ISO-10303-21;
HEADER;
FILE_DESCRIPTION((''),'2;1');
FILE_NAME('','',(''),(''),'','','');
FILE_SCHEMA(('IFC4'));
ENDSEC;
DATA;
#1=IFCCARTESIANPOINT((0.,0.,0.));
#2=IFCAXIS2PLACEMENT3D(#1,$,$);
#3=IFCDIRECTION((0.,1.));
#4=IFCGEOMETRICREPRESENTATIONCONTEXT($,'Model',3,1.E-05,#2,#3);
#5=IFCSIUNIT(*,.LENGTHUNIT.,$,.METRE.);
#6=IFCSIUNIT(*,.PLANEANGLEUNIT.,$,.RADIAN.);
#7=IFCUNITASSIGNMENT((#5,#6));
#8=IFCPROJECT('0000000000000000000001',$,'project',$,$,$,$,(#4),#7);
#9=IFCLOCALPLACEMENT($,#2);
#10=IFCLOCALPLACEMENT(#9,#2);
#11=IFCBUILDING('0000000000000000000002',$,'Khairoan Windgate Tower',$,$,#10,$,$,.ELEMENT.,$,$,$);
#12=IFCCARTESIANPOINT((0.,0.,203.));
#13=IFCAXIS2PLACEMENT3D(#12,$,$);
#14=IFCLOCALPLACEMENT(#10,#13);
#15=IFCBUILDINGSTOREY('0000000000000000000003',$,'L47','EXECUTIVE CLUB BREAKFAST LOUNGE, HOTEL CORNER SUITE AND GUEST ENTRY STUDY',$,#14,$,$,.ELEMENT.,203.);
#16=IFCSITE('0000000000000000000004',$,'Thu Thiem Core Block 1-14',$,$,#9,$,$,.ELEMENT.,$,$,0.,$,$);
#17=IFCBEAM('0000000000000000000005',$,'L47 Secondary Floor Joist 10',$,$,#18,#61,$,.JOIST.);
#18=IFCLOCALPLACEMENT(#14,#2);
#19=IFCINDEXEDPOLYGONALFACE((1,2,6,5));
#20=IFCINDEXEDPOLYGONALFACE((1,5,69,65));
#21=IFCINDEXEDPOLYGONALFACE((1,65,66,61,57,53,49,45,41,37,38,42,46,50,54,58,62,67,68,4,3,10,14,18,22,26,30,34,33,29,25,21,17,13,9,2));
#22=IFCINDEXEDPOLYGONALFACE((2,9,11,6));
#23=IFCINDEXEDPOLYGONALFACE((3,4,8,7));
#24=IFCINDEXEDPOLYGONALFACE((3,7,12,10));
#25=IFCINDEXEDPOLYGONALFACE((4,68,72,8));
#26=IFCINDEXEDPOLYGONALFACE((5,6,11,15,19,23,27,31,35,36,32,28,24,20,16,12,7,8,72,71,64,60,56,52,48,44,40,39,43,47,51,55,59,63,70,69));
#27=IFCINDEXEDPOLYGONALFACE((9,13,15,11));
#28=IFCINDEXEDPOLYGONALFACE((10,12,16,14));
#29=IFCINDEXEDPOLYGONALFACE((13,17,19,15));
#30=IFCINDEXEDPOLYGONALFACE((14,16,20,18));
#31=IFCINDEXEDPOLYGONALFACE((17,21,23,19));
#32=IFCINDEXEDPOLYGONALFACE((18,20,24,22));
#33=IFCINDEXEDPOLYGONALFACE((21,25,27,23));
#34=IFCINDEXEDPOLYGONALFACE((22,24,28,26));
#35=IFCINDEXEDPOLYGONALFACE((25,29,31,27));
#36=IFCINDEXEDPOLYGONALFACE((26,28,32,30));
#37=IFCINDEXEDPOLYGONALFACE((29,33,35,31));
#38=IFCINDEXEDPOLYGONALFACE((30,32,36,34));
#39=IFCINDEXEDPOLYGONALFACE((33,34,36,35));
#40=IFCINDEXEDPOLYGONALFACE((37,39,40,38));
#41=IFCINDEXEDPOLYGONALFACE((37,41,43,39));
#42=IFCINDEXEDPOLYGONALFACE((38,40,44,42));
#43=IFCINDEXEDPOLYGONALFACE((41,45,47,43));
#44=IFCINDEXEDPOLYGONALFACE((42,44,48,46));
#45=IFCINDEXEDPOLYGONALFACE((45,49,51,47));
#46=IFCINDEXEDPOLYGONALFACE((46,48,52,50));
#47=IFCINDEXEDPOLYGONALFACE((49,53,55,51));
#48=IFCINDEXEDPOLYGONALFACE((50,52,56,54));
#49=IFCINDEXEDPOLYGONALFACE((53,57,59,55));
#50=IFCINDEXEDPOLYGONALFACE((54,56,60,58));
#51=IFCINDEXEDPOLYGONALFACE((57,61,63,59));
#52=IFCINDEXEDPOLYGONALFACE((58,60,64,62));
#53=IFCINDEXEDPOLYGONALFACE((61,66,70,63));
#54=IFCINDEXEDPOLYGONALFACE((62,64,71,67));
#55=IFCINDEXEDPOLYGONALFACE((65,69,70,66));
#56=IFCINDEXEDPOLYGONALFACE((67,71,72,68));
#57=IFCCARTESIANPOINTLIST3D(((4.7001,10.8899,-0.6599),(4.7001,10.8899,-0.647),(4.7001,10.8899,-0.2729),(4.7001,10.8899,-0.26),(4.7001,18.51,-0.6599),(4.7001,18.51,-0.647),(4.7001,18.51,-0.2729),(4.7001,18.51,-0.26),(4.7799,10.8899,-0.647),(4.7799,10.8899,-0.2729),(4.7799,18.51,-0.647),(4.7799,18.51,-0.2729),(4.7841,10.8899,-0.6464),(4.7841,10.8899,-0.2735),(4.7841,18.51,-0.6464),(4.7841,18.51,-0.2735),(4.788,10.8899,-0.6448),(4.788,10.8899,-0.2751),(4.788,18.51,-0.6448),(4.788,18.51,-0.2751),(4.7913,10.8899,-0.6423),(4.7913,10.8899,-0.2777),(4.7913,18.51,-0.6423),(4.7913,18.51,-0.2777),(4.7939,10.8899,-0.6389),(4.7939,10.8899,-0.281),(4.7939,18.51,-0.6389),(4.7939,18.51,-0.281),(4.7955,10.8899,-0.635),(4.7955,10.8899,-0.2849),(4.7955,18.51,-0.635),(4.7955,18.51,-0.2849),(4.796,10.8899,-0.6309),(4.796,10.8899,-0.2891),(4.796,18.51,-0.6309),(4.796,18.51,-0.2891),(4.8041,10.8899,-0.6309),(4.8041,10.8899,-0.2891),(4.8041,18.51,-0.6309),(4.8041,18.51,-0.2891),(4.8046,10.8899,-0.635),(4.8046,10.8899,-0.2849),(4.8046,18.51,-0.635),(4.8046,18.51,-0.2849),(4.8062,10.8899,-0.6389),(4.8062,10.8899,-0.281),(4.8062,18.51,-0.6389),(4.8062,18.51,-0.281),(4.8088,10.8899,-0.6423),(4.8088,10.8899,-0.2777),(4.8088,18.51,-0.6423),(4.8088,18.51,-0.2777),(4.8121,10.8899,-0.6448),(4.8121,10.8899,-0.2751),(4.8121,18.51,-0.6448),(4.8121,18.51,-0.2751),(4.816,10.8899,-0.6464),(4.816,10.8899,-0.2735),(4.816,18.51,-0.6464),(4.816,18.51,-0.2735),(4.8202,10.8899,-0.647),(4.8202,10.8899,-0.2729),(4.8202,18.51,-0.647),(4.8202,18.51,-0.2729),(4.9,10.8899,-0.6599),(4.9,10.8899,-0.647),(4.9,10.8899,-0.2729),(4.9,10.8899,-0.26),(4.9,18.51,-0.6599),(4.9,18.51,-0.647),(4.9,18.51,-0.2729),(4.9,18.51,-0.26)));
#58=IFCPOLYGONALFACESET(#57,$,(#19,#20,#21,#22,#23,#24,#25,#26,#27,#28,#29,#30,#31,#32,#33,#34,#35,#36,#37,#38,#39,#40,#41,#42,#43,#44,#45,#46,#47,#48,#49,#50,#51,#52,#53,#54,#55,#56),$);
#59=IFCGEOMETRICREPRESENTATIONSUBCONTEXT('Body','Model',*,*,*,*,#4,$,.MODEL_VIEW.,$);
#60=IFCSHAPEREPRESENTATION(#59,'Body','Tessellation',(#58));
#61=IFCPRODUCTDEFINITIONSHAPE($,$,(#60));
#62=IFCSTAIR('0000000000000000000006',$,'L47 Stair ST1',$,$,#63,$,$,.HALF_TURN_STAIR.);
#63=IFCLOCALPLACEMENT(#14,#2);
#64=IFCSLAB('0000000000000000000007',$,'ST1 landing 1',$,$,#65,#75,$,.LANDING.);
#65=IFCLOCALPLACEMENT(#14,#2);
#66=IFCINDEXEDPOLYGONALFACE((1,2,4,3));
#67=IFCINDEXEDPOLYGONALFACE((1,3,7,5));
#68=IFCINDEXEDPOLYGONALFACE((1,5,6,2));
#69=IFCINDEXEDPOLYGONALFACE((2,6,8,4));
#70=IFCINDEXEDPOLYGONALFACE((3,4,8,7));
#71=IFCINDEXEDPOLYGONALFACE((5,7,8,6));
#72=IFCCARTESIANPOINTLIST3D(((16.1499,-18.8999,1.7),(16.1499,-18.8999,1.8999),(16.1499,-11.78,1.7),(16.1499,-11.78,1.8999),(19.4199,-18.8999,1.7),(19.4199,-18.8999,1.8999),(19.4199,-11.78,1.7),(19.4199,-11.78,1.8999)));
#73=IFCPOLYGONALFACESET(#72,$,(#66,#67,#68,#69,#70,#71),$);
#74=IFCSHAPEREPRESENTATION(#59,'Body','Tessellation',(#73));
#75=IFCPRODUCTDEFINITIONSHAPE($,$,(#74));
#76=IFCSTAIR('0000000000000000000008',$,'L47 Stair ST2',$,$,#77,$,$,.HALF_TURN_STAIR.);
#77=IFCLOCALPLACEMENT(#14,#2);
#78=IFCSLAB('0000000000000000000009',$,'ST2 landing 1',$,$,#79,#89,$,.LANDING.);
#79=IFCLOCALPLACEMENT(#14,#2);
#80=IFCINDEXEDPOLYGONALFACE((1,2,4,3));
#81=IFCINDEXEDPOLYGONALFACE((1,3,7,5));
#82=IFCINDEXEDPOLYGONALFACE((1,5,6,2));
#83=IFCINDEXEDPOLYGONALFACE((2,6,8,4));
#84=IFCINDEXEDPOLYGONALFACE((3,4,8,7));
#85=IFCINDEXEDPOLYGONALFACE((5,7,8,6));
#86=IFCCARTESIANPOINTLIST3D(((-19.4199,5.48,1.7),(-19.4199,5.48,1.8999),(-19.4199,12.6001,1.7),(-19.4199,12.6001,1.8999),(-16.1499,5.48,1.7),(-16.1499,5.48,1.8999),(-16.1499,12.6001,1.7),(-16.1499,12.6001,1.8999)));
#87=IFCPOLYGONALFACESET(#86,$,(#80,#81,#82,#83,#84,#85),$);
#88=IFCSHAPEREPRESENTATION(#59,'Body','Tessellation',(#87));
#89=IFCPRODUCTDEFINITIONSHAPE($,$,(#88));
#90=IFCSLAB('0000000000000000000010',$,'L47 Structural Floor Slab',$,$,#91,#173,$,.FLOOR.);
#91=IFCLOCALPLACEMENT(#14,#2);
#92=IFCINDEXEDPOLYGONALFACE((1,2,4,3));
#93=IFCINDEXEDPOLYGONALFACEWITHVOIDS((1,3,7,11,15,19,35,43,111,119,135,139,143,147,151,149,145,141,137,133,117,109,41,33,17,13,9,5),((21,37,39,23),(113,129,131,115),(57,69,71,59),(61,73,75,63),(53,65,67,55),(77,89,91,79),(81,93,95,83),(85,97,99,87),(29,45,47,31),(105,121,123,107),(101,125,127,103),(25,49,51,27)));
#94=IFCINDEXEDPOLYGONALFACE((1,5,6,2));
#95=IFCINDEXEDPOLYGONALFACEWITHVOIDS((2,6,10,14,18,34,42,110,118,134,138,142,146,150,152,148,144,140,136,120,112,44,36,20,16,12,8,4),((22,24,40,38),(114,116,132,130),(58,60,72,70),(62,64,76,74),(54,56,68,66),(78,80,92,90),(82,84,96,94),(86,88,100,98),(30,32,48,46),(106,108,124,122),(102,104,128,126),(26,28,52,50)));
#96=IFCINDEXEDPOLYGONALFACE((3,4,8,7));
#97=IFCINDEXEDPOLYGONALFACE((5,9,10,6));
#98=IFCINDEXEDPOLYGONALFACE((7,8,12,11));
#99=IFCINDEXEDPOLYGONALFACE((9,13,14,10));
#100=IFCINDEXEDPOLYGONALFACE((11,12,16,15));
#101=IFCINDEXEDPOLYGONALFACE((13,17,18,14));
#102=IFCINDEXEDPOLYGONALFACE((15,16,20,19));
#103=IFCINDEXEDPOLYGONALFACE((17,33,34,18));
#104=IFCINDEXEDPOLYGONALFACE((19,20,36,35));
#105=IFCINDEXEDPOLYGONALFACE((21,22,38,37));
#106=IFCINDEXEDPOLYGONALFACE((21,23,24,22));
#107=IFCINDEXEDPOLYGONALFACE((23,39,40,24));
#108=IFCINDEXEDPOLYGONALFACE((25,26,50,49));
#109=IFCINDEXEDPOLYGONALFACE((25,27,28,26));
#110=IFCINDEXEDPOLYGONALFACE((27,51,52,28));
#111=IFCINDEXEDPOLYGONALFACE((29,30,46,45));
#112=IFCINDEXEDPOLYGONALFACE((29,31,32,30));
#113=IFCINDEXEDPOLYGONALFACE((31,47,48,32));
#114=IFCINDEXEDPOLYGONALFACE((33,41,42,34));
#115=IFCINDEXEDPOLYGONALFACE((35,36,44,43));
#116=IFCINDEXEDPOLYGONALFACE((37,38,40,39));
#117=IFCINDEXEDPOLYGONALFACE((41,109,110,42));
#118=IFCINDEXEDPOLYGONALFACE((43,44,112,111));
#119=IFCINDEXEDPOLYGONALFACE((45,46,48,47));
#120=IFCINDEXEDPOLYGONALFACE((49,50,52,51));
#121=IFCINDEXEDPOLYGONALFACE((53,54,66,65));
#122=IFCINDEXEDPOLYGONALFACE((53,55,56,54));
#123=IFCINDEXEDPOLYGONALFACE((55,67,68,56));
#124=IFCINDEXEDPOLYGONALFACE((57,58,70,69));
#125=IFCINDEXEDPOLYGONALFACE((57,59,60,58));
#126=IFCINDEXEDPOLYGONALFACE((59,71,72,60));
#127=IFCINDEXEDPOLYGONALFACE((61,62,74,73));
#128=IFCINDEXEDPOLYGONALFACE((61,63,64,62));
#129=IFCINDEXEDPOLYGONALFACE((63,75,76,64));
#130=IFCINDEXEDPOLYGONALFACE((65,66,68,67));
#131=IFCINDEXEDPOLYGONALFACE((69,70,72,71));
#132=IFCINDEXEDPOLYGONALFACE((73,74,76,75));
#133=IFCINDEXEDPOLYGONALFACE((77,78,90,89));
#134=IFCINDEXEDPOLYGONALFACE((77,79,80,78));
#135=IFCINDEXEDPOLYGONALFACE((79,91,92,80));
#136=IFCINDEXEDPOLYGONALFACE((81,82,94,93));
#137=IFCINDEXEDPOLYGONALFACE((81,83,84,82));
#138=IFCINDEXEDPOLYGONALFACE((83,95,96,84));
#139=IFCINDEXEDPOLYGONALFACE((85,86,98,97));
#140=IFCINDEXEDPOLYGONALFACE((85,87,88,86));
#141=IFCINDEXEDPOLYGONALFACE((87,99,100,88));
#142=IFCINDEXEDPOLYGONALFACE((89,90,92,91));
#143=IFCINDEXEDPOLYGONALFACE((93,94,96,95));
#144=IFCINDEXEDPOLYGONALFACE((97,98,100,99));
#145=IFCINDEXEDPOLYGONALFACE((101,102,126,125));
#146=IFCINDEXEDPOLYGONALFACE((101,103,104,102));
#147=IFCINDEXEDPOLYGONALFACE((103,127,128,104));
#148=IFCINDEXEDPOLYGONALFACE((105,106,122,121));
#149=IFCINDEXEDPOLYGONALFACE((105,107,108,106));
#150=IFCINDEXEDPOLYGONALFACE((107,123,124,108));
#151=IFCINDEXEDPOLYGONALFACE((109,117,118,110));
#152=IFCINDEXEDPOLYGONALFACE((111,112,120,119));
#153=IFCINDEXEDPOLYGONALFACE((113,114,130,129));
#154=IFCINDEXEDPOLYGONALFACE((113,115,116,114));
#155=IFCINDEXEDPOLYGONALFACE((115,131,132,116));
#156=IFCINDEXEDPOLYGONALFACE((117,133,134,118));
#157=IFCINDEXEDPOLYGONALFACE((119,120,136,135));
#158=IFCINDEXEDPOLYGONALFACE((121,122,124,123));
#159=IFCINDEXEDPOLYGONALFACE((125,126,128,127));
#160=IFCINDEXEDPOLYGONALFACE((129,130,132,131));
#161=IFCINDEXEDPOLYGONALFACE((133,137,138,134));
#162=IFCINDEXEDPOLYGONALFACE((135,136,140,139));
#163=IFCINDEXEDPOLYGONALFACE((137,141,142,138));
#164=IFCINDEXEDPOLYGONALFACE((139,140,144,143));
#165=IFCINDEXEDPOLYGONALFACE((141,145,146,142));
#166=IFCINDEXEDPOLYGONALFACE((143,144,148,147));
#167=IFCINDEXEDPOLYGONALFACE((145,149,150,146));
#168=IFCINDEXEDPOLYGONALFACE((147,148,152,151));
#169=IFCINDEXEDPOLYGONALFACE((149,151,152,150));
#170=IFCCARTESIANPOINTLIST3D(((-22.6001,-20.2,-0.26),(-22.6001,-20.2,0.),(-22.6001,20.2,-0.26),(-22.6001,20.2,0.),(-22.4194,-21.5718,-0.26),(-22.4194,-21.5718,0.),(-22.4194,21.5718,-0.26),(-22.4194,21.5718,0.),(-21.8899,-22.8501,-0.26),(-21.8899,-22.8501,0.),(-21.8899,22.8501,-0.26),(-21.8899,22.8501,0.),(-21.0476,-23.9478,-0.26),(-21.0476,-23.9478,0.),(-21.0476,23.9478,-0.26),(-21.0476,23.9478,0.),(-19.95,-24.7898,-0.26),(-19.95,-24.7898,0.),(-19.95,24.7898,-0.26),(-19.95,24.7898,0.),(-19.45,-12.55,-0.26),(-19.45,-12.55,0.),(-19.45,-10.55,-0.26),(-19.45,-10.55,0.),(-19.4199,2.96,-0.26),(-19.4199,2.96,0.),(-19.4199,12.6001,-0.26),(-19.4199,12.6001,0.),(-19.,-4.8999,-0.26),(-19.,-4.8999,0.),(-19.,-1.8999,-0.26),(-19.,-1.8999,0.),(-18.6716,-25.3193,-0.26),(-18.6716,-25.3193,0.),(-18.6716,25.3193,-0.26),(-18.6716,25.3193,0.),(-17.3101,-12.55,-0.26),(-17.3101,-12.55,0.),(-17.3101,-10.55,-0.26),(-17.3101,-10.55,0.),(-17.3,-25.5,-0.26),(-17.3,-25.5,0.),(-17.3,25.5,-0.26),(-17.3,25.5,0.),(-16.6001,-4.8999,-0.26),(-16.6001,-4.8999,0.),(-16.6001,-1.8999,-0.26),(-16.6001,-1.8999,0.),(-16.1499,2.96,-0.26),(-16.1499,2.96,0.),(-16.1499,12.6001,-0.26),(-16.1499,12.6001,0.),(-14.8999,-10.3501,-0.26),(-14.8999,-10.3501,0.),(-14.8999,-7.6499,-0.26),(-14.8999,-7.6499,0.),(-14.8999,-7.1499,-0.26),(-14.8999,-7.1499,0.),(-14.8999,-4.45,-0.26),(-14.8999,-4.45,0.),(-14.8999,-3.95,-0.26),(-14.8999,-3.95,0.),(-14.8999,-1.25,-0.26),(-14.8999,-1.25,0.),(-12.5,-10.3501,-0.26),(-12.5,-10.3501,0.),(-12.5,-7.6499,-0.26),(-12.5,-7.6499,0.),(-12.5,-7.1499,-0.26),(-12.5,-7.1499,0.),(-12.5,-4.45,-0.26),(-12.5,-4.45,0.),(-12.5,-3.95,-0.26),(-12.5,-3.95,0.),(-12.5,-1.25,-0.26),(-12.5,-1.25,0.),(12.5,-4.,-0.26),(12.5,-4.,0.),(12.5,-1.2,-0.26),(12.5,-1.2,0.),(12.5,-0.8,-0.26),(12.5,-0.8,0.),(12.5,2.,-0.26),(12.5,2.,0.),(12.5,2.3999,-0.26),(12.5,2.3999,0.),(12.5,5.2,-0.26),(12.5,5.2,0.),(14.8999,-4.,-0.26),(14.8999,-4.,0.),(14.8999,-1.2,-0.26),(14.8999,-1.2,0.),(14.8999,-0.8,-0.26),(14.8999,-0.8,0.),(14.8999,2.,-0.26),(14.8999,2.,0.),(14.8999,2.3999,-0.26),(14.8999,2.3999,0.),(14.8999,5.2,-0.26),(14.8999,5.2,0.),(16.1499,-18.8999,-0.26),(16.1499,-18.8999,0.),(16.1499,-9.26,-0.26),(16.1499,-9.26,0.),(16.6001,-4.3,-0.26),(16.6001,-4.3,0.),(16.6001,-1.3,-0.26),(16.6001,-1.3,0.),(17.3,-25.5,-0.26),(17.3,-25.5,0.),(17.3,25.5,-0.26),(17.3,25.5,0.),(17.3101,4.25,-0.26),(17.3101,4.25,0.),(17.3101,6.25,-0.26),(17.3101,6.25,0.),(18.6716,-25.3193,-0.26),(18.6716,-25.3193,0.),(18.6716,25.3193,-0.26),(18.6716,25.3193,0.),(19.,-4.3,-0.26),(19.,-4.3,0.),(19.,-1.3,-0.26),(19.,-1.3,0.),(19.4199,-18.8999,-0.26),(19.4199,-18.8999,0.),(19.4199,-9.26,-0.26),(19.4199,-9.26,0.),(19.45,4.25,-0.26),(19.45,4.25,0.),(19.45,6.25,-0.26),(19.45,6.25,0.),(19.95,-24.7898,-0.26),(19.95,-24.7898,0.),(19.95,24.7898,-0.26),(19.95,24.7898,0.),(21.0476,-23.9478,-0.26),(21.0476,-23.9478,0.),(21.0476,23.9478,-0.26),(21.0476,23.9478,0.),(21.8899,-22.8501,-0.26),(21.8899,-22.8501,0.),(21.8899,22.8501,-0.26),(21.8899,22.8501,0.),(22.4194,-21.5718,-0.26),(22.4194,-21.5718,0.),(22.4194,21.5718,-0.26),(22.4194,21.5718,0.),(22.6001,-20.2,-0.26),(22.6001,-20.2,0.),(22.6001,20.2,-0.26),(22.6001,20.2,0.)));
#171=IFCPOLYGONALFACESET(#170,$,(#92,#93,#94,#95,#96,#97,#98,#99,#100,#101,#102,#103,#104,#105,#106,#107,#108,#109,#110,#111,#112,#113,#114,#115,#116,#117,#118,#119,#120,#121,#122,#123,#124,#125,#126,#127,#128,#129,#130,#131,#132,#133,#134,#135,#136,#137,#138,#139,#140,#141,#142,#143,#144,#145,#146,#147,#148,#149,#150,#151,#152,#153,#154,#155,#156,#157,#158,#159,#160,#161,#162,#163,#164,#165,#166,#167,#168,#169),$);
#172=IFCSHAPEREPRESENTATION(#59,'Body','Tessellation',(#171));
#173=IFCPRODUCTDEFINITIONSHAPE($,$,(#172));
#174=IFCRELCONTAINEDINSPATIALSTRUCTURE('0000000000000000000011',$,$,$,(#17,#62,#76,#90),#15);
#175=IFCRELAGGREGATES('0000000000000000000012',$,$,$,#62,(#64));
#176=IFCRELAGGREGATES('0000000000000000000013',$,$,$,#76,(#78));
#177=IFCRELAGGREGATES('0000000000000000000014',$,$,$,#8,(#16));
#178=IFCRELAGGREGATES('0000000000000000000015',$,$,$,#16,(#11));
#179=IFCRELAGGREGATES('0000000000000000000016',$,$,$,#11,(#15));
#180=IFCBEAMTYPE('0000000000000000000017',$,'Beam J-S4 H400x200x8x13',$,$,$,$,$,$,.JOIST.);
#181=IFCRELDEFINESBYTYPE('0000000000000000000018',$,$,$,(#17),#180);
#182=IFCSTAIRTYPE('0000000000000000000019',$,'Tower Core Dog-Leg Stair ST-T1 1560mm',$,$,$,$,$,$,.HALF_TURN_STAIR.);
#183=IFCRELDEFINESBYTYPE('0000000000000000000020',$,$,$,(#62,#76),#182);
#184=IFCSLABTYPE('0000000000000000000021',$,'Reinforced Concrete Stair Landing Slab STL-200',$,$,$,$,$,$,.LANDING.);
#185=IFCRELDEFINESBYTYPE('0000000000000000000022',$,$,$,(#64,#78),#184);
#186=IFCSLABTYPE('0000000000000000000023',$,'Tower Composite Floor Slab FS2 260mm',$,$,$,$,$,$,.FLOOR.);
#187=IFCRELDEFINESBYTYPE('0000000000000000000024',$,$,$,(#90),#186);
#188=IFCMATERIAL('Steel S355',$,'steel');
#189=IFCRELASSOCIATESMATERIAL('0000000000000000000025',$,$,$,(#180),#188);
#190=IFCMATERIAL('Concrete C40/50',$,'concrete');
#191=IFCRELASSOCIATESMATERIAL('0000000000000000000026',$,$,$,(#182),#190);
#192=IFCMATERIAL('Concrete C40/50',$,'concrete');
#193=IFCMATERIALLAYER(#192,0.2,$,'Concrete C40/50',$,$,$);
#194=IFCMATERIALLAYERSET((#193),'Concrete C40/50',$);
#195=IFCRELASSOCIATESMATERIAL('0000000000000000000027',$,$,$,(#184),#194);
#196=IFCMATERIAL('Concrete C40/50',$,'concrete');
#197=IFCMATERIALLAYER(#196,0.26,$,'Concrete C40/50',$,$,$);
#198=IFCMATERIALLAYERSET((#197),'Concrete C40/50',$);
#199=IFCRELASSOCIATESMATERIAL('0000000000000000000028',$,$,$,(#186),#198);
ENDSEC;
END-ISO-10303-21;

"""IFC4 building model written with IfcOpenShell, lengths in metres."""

from ifc_helpers import new_model, si_unit, direction, frame, origin, origin_2d, place, context, subcontext, project, spatial, polyline, i_section, outline, extrude, material, layer, layer_set, material_profile, profile_set, type_object, element, aggregate, save


model = new_model("IFC4")

# Units and contexts
model_context = context("Model", 3, precision=1e-05, world=origin(), true_north=direction((0.0, 1.0)))
body_context = subcontext(model_context, "Body", "Model", "MODEL_VIEW")
ifc_project = project(units=[si_unit("LENGTHUNIT", "METRE"), si_unit("PLANEANGLEUNIT", "RADIAN")], contexts=[model_context])

# Site, building, storey
site_placement = place(None, origin())
site = spatial("IfcSite", under=ifc_project, at=site_placement, Name="Thu Thiem Core Block 1-14", CompositionType="ELEMENT", RefElevation=0.0)
building_placement = place(site_placement, origin())
building = spatial("IfcBuilding", under=site, at=building_placement, Name="Khairoan Windgate Tower", CompositionType="ELEMENT")
storey_placement = place(building_placement, frame((0.0, 0.0, 203.0)))
storey = spatial("IfcBuildingStorey", under=building, at=storey_placement, Name="L47", Description="EXECUTIVE CLUB BREAKFAST LOUNGE, HOTEL CORNER SUITE AND GUEST ENTRY STUDY", CompositionType="ELEMENT", Elevation=203.0)

# Beam
ifc_material_1 = material(Name="Steel S355", Category="steel")
ifc_material_profile_1 = material_profile(ifc_material_1, i_section(OverallWidth=0.2, OverallDepth=0.3999, WebThickness=0.0081, FlangeThickness=0.0129, FilletRadius=0.0161, at=origin_2d()))
ifc_profile_set_1 = profile_set([ifc_material_profile_1], Name="Steel S355")
beam_type_1 = type_object("IfcBeamType", Name="Beam J-S4 H400x200x8x13", PredefinedType="JOIST", material=ifc_profile_set_1)
beam_1_placement = place(storey_placement, frame((4.8, 10.8899, -0.46), z_axis=(0.0, 1.0, 0.0), x_axis=(-1.0, 0.0, 0.0)))
element("IfcBeam", 1, at=beam_1_placement, inside=storey, type_object=beam_type_1, Name="L47 Secondary Floor Joist 10", PredefinedType="JOIST", context=body_context, shape_type="SweptSolid", body=[
    extrude(i_section(OverallWidth=0.2, OverallDepth=0.3999, WebThickness=0.0081, FlangeThickness=0.0129, FilletRadius=0.0161, at=origin_2d()), origin(), (0.0, 0.0, 1.0), 7.6201),
])

# Stairs, slabs
ifc_material_2 = material(Name="Concrete C40/50", Category="concrete")
stair_type = type_object("IfcStairType", Name="Tower Core Dog-Leg Stair ST-T1 1560mm", PredefinedType="HALF_TURN_STAIR", material=ifc_material_2)
stair_1_placement = place(storey_placement, origin())
stair_1 = element("IfcStair", 2, at=stair_1_placement, inside=storey, type_object=stair_type, Name="L47 Stair ST1", PredefinedType="HALF_TURN_STAIR")
ifc_material_3 = material(Name="Concrete C40/50", Category="concrete")
ifc_layer_1 = layer(ifc_material_3, 0.2, Name="Concrete C40/50")
ifc_layer_set_1 = layer_set([ifc_layer_1], Name="Concrete C40/50")
slab_type_1 = type_object("IfcSlabType", Name="Reinforced Concrete Stair Landing Slab STL-200", PredefinedType="LANDING", material=ifc_layer_set_1)
slab_1_placement = place(storey_placement, frame((0.0, 0.0, 1.7)))
slab_1 = element("IfcSlab", 3, at=slab_1_placement, type_object=slab_type_1, Name="ST1 landing 1", PredefinedType="LANDING", context=body_context, shape_type="SweptSolid", body=[
    extrude(outline(polyline([(16.1499, -11.78), (16.1499, -18.8999), (19.4199, -18.8999), (19.4199, -11.78), (16.1499, -11.78)])), origin(), (0.0, 0.0, 1.0), 0.2),
])
aggregate(stair_1, [slab_1])
stair_2_placement = place(storey_placement, origin())
stair_2 = element("IfcStair", 4, at=stair_2_placement, inside=storey, type_object=stair_type, Name="L47 Stair ST2", PredefinedType="HALF_TURN_STAIR")
slab_2_placement = place(storey_placement, frame((0.0, 0.0, 1.7)))
slab_2 = element("IfcSlab", 5, at=slab_2_placement, type_object=slab_type_1, Name="ST2 landing 1", PredefinedType="LANDING", context=body_context, shape_type="SweptSolid", body=[
    extrude(outline(polyline([(-16.1499, 5.48), (-16.1499, 12.6001), (-19.4199, 12.6001), (-19.4199, 5.48), (-16.1499, 5.48)])), origin(), (0.0, 0.0, 1.0), 0.2),
])
aggregate(stair_2, [slab_2])

# Slab
ifc_material_4 = material(Name="Concrete C40/50", Category="concrete")
ifc_layer_2 = layer(ifc_material_4, 0.26, Name="Concrete C40/50")
ifc_layer_set_2 = layer_set([ifc_layer_2], Name="Concrete C40/50")
slab_type_2 = type_object("IfcSlabType", Name="Tower Composite Floor Slab FS2 260mm", PredefinedType="FLOOR", material=ifc_layer_set_2)
slab_3_placement = place(storey_placement, frame((0.0, 0.0, -0.26)))
element("IfcSlab", 6, at=slab_3_placement, inside=storey, type_object=slab_type_2, Name="L47 Structural Floor Slab", PredefinedType="FLOOR", context=body_context, shape_type="SweptSolid", body=[
    extrude(outline(polyline([(17.3, -25.5), (18.6716, -25.3193), (19.95, -24.7898), (21.0476, -23.9478), (21.8899, -22.8501), (22.4194, -21.5718), (22.6001, -20.2), (22.6001, 20.2), (22.4194, 21.5718), (21.8899, 22.8501), (21.0476, 23.9478), (19.95, 24.7898), (18.6716, 25.3193), (17.3, 25.5), (-17.3, 25.5), (-18.6716, 25.3193), (-19.95, 24.7898), (-21.0476, 23.9478), (-21.8899, 22.8501), (-22.4194, 21.5718), (-22.6001, 20.2), (-22.6001, -20.2), (-22.4194, -21.5718), (-21.8899, -22.8501), (-21.0476, -23.9478), (-19.95, -24.7898), (-18.6716, -25.3193), (-17.3, -25.5), (17.3, -25.5)]), holes=[polyline([(16.1499, -9.26), (16.1499, -18.8999), (19.4199, -18.8999), (19.4199, -9.26), (16.1499, -9.26)]), polyline([(-16.1499, 2.96), (-16.1499, 12.6001), (-19.4199, 12.6001), (-19.4199, 2.96), (-16.1499, 2.96)]), polyline([(-14.8999, -3.95), (-12.5, -3.95), (-12.5, -1.25), (-14.8999, -1.25), (-14.8999, -3.95)]), polyline([(-14.8999, -7.1499), (-12.5, -7.1499), (-12.5, -4.45), (-14.8999, -4.45), (-14.8999, -7.1499)]), polyline([(-14.8999, -10.3501), (-12.5, -10.3501), (-12.5, -7.6499), (-14.8999, -7.6499), (-14.8999, -10.3501)]), polyline([(12.5, 2.3999), (14.8999, 2.3999), (14.8999, 5.2), (12.5, 5.2), (12.5, 2.3999)]), polyline([(12.5, -0.8), (14.8999, -0.8), (14.8999, 2.0), (12.5, 2.0), (12.5, -0.8)]), polyline([(12.5, -4.0), (14.8999, -4.0), (14.8999, -1.2), (12.5, -1.2), (12.5, -4.0)]), polyline([(16.6001, -4.3), (19.0, -4.3), (19.0, -1.3), (16.6001, -1.3), (16.6001, -4.3)]), polyline([(-19.0, -4.8999), (-16.6001, -4.8999), (-16.6001, -1.8999), (-19.0, -1.8999), (-19.0, -4.8999)]), polyline([(-19.45, -12.55), (-17.3101, -12.55), (-17.3101, -10.55), (-19.45, -10.55), (-19.45, -12.55)]), polyline([(17.3101, 4.25), (19.45, 4.25), (19.45, 6.25), (17.3101, 6.25), (17.3101, 4.25)])]), origin(), (0.0, 0.0, 1.0), 0.26),
])

save(model, "model.ifc")
